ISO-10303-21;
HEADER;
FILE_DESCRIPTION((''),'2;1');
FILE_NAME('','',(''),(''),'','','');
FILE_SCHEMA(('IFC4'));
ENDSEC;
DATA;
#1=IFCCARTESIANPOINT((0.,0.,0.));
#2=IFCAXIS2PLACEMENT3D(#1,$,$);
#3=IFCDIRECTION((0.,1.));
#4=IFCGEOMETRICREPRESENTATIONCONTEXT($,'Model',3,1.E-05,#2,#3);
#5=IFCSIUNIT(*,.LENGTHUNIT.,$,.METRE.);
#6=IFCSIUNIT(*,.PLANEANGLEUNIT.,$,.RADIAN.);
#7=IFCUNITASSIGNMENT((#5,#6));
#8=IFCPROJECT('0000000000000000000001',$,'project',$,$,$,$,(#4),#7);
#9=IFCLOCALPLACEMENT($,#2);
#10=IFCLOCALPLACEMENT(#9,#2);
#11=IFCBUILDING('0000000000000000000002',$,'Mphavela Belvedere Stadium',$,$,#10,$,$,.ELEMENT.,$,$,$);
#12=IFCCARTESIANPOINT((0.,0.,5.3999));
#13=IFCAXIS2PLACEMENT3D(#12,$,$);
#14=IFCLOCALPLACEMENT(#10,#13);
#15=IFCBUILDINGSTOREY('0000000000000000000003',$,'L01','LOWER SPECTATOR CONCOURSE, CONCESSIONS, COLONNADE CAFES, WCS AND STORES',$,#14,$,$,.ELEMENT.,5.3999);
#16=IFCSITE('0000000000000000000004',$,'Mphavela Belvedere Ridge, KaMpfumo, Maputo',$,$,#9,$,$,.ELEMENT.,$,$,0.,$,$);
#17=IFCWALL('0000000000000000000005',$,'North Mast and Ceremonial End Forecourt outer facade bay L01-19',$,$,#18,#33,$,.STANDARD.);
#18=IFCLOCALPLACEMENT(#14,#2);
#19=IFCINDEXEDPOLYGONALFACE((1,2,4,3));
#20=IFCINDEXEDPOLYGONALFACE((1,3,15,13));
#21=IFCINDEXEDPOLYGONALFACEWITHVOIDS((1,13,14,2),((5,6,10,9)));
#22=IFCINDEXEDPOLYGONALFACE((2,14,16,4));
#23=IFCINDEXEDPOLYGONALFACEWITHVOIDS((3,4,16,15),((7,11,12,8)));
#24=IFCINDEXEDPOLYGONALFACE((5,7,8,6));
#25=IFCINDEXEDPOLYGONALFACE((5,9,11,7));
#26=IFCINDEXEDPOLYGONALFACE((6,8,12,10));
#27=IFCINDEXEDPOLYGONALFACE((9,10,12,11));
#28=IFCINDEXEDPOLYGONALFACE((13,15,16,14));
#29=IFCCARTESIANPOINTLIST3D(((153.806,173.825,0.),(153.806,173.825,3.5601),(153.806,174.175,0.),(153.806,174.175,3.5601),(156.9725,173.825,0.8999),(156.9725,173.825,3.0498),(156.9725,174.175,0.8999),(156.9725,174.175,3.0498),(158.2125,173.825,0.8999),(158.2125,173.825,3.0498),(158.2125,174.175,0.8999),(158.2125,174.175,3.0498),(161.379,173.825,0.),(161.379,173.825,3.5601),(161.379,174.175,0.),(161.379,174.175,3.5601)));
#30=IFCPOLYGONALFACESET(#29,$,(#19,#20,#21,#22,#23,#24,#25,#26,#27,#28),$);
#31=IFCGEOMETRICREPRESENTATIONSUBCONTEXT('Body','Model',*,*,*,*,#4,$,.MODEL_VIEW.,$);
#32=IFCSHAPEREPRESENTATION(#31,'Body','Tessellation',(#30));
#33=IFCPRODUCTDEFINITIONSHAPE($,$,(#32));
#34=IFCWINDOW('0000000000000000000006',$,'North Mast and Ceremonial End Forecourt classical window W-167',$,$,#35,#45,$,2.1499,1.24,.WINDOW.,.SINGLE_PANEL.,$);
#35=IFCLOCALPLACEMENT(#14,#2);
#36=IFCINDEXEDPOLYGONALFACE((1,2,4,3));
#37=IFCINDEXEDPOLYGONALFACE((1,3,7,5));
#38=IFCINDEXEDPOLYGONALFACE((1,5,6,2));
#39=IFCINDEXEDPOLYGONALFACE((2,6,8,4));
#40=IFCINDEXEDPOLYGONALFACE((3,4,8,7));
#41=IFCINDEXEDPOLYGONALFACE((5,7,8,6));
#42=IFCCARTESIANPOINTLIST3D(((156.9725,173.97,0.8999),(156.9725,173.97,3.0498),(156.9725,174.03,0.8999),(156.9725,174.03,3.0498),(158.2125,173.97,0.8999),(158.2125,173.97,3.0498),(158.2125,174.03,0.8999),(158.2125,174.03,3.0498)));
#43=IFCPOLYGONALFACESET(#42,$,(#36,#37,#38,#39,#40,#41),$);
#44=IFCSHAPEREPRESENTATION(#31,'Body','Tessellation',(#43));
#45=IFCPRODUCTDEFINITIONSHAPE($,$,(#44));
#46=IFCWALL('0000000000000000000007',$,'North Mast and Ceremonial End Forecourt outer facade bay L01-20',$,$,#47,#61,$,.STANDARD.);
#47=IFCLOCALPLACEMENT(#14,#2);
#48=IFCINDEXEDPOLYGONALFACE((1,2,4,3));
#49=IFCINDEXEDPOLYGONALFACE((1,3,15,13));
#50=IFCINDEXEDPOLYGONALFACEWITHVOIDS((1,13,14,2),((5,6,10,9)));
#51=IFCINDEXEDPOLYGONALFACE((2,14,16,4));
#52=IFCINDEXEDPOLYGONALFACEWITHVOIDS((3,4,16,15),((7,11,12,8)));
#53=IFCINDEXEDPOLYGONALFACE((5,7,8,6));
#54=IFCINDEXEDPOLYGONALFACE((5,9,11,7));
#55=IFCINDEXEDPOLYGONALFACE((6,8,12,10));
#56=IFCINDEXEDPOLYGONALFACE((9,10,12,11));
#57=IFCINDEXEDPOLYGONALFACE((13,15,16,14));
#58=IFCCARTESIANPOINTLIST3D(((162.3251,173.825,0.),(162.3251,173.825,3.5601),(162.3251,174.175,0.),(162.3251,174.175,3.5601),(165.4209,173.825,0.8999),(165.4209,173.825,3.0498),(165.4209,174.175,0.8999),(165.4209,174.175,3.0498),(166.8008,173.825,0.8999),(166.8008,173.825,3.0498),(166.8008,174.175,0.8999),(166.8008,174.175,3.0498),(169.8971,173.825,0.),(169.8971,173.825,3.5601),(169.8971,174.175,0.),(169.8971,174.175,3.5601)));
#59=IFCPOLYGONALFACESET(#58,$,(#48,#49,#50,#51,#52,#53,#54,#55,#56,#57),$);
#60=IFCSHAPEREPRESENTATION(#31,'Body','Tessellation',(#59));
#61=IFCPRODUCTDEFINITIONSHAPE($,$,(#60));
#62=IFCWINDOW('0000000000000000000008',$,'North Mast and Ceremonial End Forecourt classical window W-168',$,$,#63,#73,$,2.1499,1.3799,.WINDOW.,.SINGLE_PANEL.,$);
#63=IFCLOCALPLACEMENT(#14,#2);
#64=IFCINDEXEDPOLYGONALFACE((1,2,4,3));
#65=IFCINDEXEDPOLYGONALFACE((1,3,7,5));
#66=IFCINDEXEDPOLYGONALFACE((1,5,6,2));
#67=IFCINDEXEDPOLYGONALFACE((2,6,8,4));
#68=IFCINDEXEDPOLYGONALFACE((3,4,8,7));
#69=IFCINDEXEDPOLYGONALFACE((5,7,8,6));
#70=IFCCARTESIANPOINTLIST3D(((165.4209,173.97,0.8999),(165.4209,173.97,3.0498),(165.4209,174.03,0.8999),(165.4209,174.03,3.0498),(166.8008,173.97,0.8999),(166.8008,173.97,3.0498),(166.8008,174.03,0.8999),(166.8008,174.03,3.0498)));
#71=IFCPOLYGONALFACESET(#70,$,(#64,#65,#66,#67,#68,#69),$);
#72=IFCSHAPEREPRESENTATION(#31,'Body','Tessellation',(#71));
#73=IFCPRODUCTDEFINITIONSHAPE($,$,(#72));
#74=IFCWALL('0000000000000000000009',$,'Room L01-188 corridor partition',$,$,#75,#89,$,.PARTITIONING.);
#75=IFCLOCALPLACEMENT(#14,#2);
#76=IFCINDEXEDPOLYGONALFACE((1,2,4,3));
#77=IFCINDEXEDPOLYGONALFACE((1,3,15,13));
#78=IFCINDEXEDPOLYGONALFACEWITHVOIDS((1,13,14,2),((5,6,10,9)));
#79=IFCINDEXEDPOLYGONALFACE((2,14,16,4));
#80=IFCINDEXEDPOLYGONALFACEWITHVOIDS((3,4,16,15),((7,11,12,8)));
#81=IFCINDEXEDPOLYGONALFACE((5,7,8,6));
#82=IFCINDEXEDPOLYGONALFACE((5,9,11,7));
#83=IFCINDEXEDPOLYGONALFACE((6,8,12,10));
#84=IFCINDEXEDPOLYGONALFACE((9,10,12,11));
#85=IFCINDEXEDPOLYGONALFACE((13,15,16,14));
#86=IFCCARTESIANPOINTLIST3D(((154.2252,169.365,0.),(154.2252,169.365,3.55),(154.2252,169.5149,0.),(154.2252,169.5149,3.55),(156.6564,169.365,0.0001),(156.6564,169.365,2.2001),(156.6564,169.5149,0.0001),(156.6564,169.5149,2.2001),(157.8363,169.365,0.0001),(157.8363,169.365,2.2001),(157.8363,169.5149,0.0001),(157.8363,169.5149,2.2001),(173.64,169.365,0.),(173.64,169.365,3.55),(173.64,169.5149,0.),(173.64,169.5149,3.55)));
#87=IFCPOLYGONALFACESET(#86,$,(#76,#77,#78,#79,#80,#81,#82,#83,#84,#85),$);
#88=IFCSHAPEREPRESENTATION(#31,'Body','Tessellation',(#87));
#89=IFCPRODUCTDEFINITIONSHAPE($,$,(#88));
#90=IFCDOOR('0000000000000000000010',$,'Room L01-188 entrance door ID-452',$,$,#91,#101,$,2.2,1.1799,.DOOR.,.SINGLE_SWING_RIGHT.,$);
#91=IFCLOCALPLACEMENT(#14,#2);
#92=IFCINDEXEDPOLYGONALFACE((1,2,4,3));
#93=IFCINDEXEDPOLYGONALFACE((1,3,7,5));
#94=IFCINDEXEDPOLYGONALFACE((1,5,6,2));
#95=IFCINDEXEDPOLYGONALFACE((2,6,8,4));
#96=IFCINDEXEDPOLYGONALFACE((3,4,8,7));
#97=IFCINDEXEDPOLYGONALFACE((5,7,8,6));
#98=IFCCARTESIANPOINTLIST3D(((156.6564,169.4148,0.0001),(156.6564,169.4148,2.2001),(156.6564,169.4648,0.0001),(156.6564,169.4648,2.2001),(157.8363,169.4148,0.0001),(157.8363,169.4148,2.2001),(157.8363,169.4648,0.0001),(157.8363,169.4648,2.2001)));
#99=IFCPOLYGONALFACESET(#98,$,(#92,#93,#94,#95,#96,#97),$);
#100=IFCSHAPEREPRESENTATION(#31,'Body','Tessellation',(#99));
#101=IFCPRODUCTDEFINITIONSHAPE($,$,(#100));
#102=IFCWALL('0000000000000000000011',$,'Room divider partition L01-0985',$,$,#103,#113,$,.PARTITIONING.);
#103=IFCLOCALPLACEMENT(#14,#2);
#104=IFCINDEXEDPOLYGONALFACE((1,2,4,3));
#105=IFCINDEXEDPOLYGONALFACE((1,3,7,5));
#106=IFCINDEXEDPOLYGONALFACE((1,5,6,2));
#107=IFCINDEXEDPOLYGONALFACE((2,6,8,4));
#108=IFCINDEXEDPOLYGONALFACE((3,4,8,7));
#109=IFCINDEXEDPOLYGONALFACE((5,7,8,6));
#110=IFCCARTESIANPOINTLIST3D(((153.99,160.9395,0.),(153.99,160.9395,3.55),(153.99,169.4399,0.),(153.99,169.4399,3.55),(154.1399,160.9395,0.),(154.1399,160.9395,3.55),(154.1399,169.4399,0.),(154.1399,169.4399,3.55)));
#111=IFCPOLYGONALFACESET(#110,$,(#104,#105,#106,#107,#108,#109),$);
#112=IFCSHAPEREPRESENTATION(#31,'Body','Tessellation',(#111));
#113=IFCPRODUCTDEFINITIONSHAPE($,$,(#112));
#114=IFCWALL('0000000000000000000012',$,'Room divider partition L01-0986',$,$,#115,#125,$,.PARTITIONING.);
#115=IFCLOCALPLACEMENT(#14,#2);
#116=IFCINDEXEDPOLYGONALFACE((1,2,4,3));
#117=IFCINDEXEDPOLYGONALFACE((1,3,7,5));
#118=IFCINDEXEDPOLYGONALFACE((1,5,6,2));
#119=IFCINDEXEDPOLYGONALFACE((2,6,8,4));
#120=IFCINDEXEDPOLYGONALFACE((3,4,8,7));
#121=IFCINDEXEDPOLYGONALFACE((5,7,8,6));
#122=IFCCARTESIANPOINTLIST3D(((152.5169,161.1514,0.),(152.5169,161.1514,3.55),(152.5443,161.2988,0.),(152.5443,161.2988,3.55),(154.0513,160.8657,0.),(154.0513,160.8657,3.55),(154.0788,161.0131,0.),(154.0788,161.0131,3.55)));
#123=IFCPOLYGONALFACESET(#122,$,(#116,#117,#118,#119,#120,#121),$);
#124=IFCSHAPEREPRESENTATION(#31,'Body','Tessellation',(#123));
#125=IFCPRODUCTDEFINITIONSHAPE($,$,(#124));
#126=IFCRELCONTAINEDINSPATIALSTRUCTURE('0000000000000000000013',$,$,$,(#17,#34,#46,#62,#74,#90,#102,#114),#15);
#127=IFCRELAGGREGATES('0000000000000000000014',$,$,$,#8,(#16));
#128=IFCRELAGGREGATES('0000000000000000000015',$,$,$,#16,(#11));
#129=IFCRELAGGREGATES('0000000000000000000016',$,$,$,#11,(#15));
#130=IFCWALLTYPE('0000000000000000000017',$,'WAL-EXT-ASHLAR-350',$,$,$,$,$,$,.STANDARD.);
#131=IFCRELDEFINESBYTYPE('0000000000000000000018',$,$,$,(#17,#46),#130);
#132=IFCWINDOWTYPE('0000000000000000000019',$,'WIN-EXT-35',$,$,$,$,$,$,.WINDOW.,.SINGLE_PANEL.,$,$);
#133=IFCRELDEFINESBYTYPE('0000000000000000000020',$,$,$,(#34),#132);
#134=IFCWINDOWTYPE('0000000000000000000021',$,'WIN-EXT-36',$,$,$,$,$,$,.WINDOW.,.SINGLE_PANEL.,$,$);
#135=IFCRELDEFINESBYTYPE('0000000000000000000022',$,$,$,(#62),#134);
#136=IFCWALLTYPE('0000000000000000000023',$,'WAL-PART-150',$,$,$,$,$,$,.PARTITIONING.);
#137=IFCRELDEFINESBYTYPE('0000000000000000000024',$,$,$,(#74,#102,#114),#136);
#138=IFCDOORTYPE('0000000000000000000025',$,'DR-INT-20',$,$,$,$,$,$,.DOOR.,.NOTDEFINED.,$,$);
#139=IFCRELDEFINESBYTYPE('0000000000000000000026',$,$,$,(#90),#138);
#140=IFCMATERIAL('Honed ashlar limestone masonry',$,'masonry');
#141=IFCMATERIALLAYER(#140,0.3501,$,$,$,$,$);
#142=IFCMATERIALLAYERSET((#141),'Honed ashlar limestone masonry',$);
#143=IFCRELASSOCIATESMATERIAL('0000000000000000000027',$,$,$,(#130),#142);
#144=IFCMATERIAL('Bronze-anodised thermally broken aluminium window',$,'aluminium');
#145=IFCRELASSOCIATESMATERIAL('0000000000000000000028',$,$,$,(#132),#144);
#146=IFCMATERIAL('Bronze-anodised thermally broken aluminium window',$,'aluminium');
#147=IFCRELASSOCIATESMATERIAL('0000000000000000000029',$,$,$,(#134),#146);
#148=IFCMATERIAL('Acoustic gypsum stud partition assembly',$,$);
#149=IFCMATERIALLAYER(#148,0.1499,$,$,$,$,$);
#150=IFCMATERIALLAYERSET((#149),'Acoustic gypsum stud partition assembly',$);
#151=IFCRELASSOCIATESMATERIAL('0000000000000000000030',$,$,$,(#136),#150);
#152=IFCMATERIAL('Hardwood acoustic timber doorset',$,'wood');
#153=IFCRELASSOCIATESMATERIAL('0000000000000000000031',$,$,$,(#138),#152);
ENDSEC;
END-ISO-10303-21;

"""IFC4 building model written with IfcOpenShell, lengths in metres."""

from ifc_helpers import new_model, si_unit, direction, frame, frame_2d, origin, place, context, subcontext, project, spatial, rectangle, extrude, material, layer, layer_set, type_object, element, fill, save


model = new_model("IFC4")

# Units and contexts
model_context = context("Model", 3, precision=1e-05, world=origin(), true_north=direction((0.0, 1.0)))
body_context = subcontext(model_context, "Body", "Model", "MODEL_VIEW")
ifc_project = project(units=[si_unit("LENGTHUNIT", "METRE"), si_unit("PLANEANGLEUNIT", "RADIAN")], contexts=[model_context])

# Site, building, storey
site_placement = place(None, origin())
site = spatial("IfcSite", under=ifc_project, at=site_placement, Name="Mphavela Belvedere Ridge, KaMpfumo, Maputo", CompositionType="ELEMENT", RefElevation=0.0)
building_placement = place(site_placement, origin())
building = spatial("IfcBuilding", under=site, at=building_placement, Name="Mphavela Belvedere Stadium", CompositionType="ELEMENT")
storey_placement = place(building_placement, frame((0.0, 0.0, 5.3999)))
storey = spatial("IfcBuildingStorey", under=building, at=storey_placement, Name="L01", Description="LOWER SPECTATOR CONCOURSE, CONCESSIONS, COLONNADE CAFES, WCS AND STORES", CompositionType="ELEMENT", Elevation=5.3999)

# Walls, openings, windows
ifc_material_1 = material(Name="Honed ashlar limestone masonry", Category="masonry")
ifc_layer_1 = layer(ifc_material_1, 0.3501)
ifc_layer_set_1 = layer_set([ifc_layer_1], Name="Honed ashlar limestone masonry")
wall_type_1 = type_object("IfcWallType", Name="WAL-EXT-ASHLAR-350", PredefinedType="STANDARD", material=ifc_layer_set_1)
wall_1_placement = place(storey_placement, frame((153.8059, 174.0, 0.0), z_axis=(0.0, 0.0, 1.0), x_axis=(1.0, 0.0, 0.0)))
wall_1 = element("IfcWall", 1, at=wall_1_placement, inside=storey, type_object=wall_type_1, Name="North Mast and Ceremonial End Forecourt outer facade bay L01-19", PredefinedType="STANDARD", context=body_context, shape_type="SweptSolid", body=[
    extrude(rectangle(XDim=7.573, YDim=0.3501, at=frame_2d((3.7866, 0.0))), origin(), (0.0, 0.0, 1.0), 3.5601),
])
opening_1_placement = place(wall_1_placement, frame((3.1665, 0.0, 0.8999)))
opening_1 = element("IfcOpeningElement", 2, at=opening_1_placement, cuts=wall_1, PredefinedType="OPENING", context=body_context, shape_type="SweptSolid", body=[
    extrude(rectangle(XDim=1.24, YDim=2.1499, at=frame_2d((0.6201, 1.075))), frame((0.0, 0.1851, 0.0), z_axis=(0.0, -1.0, 0.0), x_axis=(1.0, 0.0, 0.0)), (0.0, 0.0, 1.0), 0.3701),
])
ifc_material_2 = material(Name="Bronze-anodised thermally broken aluminium window", Category="aluminium")
window_type_1 = type_object("IfcWindowType", Name="WIN-EXT-35", PartitioningType="SINGLE_PANEL", PredefinedType="WINDOW", material=ifc_material_2)
window_1_placement = place(opening_1_placement, origin())
window_1 = element("IfcWindow", 3, at=window_1_placement, inside=storey, type_object=window_type_1, Name="North Mast and Ceremonial End Forecourt classical window W-167", OverallHeight=2.1499, OverallWidth=1.24, PartitioningType="SINGLE_PANEL", PredefinedType="WINDOW", context=body_context, shape_type="SweptSolid", body=[
    extrude(rectangle(XDim=1.24, YDim=2.1499, at=frame_2d((0.6201, 1.075))), frame((0.0, 0.03, 0.0), z_axis=(0.0, -1.0, 0.0), x_axis=(1.0, 0.0, 0.0)), (0.0, 0.0, 1.0), 0.0601),
])
fill(opening_1, window_1)
wall_2_placement = place(storey_placement, frame((162.325, 174.0, 0.0), z_axis=(0.0, 0.0, 1.0), x_axis=(1.0, 0.0, 0.0)))
wall_2 = element("IfcWall", 4, at=wall_2_placement, inside=storey, type_object=wall_type_1, Name="North Mast and Ceremonial End Forecourt outer facade bay L01-20", PredefinedType="STANDARD", context=body_context, shape_type="SweptSolid", body=[
    extrude(rectangle(XDim=7.572, YDim=0.3501, at=frame_2d((3.7861, 0.0))), origin(), (0.0, 0.0, 1.0), 3.5601),
])
opening_2_placement = place(wall_2_placement, frame((3.0959, 0.0, 0.8999)))
opening_2 = element("IfcOpeningElement", 5, at=opening_2_placement, cuts=wall_2, PredefinedType="OPENING", context=body_context, shape_type="SweptSolid", body=[
    extrude(rectangle(XDim=1.3799, YDim=2.1499, at=frame_2d((0.6899, 1.075))), frame((0.0, 0.1851, 0.0), z_axis=(0.0, -1.0, 0.0), x_axis=(1.0, 0.0, 0.0)), (0.0, 0.0, 1.0), 0.3701),
])
ifc_material_3 = material(Name="Bronze-anodised thermally broken aluminium window", Category="aluminium")
window_type_2 = type_object("IfcWindowType", Name="WIN-EXT-36", PartitioningType="SINGLE_PANEL", PredefinedType="WINDOW", material=ifc_material_3)
window_2_placement = place(opening_2_placement, origin())
window_2 = element("IfcWindow", 6, at=window_2_placement, inside=storey, type_object=window_type_2, Name="North Mast and Ceremonial End Forecourt classical window W-168", OverallHeight=2.1499, OverallWidth=1.3799, PartitioningType="SINGLE_PANEL", PredefinedType="WINDOW", context=body_context, shape_type="SweptSolid", body=[
    extrude(rectangle(XDim=1.3799, YDim=2.1499, at=frame_2d((0.6899, 1.075))), frame((0.0, 0.03, 0.0), z_axis=(0.0, -1.0, 0.0), x_axis=(1.0, 0.0, 0.0)), (0.0, 0.0, 1.0), 0.0601),
])
fill(opening_2, window_2)

# Wall, opening, door
ifc_material_4 = material(Name="Acoustic gypsum stud partition assembly")
ifc_layer_2 = layer(ifc_material_4, 0.1499)
ifc_layer_set_2 = layer_set([ifc_layer_2], Name="Acoustic gypsum stud partition assembly")
wall_type_2 = type_object("IfcWallType", Name="WAL-PART-150", PredefinedType="PARTITIONING", material=ifc_layer_set_2)
wall_3_placement = place(storey_placement, frame((154.2251, 169.4399, 0.0), z_axis=(0.0, 0.0, 1.0), x_axis=(1.0, 0.0, 0.0)))
wall_3 = element("IfcWall", 7, at=wall_3_placement, inside=storey, type_object=wall_type_2, Name="Room L01-188 corridor partition", PredefinedType="PARTITIONING", context=body_context, shape_type="SweptSolid", body=[
    extrude(rectangle(XDim=19.4148, YDim=0.1499, at=frame_2d((9.7075, 0.0))), origin(), (0.0, 0.0, 1.0), 3.55),
])
opening_3_placement = place(wall_3_placement, frame((2.4314, 0.0, 0.0)))
opening_3 = element("IfcOpeningElement", 8, at=opening_3_placement, cuts=wall_3, PredefinedType="OPENING", context=body_context, shape_type="SweptSolid", body=[
    extrude(rectangle(XDim=1.1799, YDim=2.2, at=frame_2d((0.5898, 1.1001))), frame((0.0, 0.085, 0.0), z_axis=(0.0, -1.0, 0.0), x_axis=(1.0, 0.0, 0.0)), (0.0, 0.0, 1.0), 0.1699),
])
ifc_material_5 = material(Name="Hardwood acoustic timber doorset", Category="wood")
door_type = type_object("IfcDoorType", Name="DR-INT-20", OperationType="NOTDEFINED", PredefinedType="DOOR", material=ifc_material_5)
door_placement = place(opening_3_placement, origin())
door = element("IfcDoor", 9, at=door_placement, inside=storey, type_object=door_type, Name="Room L01-188 entrance door ID-452", OperationType="SINGLE_SWING_RIGHT", OverallHeight=2.2, OverallWidth=1.1799, PredefinedType="DOOR", context=body_context, shape_type="SweptSolid", body=[
    extrude(rectangle(XDim=1.1799, YDim=2.2, at=frame_2d((0.5898, 1.1001))), frame((0.0, 0.0249, 0.0), z_axis=(0.0, -1.0, 0.0), x_axis=(1.0, 0.0, 0.0)), (0.0, 0.0, 1.0), 0.05),
])
fill(opening_3, door)

# Walls
wall_4_placement = place(storey_placement, frame((154.0649, 169.4399, 0.0), z_axis=(0.0, 0.0, 1.0), x_axis=(0.0, -1.0, 0.0)))
element("IfcWall", 10, at=wall_4_placement, inside=storey, type_object=wall_type_2, Name="Room divider partition L01-0985", PredefinedType="PARTITIONING", context=body_context, shape_type="SweptSolid", body=[
    extrude(rectangle(XDim=8.5005, YDim=0.1499, at=frame_2d((4.2502, 0.0))), origin(), (0.0, 0.0, 1.0), 3.55),
])
wall_5_placement = place(storey_placement, frame((154.0649, 160.9395, 0.0), z_axis=(0.0, 0.0, 1.0), x_axis=(-0.98311, 0.183013, 0.0)))
element("IfcWall", 11, at=wall_5_placement, inside=storey, type_object=wall_type_2, Name="Room divider partition L01-0986", PredefinedType="PARTITIONING", context=body_context, shape_type="SweptSolid", body=[
    extrude(rectangle(XDim=1.5608, YDim=0.1499, at=frame_2d((0.7803, 0.0))), origin(), (0.0, 0.0, 1.0), 3.55),
])

save(model, "model.ifc")
